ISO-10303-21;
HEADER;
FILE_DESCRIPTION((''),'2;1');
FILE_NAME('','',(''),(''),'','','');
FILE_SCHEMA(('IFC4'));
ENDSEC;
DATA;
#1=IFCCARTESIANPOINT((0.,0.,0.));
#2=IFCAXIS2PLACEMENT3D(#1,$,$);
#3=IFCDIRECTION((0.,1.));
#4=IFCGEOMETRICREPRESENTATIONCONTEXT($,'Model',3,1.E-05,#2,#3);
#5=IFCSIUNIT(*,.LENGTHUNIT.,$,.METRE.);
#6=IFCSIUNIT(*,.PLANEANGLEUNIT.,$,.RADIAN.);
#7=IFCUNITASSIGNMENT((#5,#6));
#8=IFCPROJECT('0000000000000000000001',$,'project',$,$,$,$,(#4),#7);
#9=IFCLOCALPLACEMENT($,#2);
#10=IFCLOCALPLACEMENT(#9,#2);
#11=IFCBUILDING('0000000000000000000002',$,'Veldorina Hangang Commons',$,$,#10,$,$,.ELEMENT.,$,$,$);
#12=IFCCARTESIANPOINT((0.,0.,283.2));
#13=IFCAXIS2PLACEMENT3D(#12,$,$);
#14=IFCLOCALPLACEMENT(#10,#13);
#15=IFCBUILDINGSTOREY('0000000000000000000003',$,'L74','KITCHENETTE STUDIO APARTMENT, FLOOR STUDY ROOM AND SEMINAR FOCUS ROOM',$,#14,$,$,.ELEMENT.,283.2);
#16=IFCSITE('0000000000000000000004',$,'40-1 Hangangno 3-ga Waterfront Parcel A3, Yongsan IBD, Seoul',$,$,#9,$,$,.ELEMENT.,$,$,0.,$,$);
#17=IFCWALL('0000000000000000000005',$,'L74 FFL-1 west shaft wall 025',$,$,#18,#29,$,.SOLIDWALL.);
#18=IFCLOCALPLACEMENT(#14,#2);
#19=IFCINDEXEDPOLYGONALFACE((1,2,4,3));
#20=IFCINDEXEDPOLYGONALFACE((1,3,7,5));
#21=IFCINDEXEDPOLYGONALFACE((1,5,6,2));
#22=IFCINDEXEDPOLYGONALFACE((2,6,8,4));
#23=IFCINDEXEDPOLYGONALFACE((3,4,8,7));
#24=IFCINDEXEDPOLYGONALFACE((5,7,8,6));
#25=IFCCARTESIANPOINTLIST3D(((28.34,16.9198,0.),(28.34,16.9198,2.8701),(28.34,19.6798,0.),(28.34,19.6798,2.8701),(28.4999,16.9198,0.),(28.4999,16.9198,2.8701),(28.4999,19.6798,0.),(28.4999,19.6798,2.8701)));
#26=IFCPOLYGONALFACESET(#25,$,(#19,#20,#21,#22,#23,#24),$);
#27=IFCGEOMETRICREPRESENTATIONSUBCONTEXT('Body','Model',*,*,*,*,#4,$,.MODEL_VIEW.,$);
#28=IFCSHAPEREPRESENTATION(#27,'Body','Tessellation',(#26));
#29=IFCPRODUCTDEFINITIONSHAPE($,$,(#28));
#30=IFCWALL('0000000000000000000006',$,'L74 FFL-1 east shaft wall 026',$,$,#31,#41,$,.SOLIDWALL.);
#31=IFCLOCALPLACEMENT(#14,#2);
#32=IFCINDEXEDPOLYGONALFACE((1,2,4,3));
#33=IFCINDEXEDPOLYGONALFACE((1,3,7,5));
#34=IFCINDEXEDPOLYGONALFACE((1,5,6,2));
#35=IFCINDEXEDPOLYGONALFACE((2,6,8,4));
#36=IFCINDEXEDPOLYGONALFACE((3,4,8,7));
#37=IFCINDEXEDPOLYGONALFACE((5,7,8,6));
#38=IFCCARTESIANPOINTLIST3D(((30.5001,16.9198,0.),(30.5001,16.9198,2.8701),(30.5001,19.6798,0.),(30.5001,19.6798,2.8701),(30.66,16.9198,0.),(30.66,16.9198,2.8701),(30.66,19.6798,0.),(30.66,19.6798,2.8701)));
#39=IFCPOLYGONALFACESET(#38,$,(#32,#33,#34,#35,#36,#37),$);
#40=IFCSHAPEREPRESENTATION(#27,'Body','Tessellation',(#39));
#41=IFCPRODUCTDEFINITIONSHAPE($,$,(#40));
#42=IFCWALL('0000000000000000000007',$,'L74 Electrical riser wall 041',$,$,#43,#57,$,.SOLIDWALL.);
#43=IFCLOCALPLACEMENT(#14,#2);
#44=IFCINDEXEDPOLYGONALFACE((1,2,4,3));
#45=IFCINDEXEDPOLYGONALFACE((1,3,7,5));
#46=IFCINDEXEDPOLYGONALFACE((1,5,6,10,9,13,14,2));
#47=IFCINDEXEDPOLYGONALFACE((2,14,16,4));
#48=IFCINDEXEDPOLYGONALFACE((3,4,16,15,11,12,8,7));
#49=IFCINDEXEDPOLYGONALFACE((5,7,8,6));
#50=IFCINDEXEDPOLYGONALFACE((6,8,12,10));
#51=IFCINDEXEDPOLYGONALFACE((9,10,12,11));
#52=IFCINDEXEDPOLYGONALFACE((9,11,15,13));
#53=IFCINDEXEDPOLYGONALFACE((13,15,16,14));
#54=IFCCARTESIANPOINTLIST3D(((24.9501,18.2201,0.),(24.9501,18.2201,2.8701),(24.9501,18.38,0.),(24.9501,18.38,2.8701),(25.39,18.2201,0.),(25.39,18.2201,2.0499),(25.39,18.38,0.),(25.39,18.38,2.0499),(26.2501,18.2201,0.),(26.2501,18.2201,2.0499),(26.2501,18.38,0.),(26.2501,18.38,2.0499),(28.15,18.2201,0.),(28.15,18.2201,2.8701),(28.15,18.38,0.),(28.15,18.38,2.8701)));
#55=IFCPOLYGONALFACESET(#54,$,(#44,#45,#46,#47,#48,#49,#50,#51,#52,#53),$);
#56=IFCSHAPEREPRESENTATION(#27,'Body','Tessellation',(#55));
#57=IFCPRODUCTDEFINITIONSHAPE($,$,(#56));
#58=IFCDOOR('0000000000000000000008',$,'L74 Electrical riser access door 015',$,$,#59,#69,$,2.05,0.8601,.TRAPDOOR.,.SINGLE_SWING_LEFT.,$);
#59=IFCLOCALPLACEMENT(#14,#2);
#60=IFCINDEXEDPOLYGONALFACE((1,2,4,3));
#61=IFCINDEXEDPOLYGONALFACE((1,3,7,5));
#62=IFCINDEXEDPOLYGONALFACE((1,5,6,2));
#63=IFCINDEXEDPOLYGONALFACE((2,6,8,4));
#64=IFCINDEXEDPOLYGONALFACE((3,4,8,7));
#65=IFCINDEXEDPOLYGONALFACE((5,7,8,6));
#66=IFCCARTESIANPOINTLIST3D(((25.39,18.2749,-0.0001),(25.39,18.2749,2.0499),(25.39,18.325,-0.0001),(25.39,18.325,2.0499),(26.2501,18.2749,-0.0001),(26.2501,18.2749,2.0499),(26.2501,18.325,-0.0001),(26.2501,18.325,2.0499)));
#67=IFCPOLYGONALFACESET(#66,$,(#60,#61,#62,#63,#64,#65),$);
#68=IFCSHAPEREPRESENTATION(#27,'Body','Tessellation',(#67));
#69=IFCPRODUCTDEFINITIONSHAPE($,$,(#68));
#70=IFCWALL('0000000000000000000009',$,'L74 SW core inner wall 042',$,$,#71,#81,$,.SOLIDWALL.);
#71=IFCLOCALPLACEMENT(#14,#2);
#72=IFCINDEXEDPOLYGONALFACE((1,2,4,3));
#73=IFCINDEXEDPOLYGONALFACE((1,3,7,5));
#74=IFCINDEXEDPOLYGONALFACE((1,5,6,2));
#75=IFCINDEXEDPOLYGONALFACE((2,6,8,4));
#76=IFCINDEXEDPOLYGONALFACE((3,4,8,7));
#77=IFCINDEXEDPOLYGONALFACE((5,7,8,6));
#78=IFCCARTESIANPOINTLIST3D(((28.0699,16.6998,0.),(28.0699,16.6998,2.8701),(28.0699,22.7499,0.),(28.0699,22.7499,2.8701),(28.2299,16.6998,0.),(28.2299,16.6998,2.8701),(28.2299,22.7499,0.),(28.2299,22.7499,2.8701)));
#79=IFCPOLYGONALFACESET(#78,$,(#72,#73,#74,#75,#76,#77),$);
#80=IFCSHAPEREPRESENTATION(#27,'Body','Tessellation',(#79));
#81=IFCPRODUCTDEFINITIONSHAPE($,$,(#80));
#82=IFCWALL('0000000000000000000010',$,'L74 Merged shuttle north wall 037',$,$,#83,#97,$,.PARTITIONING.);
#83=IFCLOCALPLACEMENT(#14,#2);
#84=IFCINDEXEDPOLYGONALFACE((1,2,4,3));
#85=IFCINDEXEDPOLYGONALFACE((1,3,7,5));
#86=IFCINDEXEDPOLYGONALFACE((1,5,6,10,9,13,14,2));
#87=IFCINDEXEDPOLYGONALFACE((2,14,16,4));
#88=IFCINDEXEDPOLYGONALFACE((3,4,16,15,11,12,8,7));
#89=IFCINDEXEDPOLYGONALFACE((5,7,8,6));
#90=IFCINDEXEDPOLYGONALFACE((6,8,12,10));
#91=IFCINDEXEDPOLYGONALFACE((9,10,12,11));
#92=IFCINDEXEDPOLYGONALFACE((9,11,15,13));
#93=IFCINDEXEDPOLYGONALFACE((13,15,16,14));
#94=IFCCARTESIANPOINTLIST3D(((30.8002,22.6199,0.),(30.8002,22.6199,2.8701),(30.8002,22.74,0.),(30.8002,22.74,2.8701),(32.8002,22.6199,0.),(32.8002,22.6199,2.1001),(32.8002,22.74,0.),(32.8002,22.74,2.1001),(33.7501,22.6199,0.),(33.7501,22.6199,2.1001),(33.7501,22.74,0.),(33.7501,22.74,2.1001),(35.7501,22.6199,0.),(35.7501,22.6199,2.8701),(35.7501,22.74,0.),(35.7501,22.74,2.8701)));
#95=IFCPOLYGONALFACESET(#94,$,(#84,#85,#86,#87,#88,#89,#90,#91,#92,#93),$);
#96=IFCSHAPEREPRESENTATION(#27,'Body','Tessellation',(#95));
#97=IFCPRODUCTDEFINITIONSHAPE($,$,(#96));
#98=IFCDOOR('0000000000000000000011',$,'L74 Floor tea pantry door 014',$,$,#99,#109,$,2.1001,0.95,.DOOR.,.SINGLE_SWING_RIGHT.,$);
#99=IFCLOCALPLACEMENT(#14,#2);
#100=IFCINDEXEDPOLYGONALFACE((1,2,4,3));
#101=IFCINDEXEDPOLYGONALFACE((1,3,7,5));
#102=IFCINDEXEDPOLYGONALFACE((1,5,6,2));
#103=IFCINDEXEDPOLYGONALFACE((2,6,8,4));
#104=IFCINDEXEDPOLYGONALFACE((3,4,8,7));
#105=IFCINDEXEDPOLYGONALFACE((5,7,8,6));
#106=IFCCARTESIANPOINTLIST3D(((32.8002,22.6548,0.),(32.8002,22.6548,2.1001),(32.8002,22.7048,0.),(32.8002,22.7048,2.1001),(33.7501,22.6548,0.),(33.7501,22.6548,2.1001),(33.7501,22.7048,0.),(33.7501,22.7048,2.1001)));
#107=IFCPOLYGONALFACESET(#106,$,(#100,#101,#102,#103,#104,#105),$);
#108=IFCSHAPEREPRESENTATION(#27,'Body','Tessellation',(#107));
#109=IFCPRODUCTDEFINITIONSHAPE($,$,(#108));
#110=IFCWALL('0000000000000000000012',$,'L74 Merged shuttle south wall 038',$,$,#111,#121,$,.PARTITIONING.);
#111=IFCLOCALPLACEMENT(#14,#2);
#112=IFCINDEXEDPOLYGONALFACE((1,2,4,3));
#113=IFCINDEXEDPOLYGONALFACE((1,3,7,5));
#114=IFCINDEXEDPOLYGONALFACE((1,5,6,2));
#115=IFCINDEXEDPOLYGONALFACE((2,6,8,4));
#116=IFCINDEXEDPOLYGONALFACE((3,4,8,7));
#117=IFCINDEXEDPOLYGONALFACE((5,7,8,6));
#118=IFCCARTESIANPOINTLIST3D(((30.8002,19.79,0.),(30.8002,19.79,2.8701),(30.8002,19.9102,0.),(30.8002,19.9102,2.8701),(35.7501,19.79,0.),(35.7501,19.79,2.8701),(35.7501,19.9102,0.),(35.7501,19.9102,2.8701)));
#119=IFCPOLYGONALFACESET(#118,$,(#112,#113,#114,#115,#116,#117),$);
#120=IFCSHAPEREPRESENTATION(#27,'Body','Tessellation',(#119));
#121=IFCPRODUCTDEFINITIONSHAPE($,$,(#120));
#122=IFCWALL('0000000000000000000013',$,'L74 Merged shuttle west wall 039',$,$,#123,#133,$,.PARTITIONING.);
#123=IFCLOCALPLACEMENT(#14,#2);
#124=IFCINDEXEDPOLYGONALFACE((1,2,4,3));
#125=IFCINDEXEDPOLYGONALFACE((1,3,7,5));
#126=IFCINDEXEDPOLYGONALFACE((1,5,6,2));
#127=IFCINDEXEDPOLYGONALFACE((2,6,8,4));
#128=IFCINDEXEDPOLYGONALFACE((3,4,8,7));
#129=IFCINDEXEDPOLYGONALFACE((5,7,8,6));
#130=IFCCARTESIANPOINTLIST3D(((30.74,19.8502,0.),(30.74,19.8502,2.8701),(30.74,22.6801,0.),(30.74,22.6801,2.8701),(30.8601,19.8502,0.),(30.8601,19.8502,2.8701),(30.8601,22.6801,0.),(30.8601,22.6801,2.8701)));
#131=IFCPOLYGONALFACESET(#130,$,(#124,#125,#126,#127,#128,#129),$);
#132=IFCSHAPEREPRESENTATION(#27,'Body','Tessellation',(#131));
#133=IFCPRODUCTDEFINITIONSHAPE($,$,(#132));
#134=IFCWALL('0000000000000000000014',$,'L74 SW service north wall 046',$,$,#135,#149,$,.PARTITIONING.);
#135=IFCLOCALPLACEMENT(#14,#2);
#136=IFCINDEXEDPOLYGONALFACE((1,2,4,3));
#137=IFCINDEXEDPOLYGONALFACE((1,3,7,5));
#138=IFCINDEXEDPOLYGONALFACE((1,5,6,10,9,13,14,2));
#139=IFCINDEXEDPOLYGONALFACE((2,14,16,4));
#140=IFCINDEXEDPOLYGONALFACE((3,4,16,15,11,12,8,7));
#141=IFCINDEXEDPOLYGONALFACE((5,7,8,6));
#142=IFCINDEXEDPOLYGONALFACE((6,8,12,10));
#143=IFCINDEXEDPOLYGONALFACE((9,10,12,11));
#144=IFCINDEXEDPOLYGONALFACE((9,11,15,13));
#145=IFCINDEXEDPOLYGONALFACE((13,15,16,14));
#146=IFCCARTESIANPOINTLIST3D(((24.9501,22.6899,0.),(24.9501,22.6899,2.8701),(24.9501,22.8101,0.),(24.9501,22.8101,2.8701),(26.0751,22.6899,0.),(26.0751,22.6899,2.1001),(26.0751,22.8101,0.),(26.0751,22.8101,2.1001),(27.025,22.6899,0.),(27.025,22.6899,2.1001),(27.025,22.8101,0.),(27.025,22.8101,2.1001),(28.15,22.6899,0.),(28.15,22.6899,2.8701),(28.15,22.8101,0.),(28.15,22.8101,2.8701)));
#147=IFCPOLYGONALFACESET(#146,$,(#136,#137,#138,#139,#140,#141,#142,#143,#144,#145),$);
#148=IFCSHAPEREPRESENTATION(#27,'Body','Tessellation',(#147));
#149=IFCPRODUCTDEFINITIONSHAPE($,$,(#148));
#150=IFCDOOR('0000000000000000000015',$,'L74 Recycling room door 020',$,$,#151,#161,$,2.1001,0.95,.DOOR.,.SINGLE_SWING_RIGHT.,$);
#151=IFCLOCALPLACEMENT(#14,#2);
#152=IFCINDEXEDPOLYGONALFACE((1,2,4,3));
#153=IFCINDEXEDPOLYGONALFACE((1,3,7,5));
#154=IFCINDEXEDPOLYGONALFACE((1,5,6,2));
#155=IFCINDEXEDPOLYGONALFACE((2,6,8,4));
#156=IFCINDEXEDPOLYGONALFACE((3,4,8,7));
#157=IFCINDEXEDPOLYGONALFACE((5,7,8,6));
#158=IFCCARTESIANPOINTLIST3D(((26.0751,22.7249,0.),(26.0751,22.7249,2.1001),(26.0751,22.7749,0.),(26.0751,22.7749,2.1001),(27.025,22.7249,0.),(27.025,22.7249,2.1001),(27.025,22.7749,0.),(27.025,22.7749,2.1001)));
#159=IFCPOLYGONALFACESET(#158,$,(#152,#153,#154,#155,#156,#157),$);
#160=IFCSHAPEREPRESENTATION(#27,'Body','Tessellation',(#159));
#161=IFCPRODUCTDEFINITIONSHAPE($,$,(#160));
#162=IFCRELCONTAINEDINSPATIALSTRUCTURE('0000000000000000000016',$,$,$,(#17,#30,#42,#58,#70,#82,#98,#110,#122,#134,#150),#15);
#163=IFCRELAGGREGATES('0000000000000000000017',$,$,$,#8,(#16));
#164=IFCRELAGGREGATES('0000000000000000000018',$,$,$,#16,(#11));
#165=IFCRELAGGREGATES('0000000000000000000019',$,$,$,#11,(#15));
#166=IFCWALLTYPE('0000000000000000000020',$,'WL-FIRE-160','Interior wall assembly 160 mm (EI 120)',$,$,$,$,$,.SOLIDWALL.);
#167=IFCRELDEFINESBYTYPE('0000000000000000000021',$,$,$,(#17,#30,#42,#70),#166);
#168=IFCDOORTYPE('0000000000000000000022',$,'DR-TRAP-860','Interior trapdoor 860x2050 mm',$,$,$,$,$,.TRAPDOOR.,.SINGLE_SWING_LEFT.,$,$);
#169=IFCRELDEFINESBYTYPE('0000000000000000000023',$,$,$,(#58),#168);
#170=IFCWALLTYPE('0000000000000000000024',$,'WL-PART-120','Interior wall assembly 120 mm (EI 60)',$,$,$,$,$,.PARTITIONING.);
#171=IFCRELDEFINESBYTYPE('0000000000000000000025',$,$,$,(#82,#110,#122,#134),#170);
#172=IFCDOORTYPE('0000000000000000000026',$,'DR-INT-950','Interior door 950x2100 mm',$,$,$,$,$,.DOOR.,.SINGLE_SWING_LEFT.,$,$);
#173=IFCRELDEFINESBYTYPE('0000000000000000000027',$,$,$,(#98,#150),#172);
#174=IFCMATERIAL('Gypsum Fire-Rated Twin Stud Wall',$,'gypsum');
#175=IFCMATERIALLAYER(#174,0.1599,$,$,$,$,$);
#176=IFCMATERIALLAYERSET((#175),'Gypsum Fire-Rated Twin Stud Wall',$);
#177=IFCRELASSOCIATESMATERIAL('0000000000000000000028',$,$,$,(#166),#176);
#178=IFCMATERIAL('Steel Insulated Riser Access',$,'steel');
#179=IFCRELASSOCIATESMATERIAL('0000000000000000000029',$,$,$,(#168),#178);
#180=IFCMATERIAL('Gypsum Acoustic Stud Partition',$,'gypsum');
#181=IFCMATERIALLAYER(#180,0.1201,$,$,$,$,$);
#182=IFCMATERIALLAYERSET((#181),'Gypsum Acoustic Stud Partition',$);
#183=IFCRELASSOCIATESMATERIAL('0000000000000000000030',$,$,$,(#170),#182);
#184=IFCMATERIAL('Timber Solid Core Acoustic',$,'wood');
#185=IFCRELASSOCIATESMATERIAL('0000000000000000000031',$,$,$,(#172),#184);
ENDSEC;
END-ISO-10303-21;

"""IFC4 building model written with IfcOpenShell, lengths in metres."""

from ifc_helpers import new_model, si_unit, direction, frame, frame_2d, origin, place, context, subcontext, project, spatial, rectangle, extrude, material, layer, layer_set, type_object, element, fill, save


model = new_model("IFC4")

# Units and contexts
model_context = context("Model", 3, precision=1e-05, world=origin(), true_north=direction((0.0, 1.0)))
body_context = subcontext(model_context, "Body", "Model", "MODEL_VIEW")
ifc_project = project(units=[si_unit("LENGTHUNIT", "METRE"), si_unit("PLANEANGLEUNIT", "RADIAN")], contexts=[model_context])

# Site, building, storey
site_placement = place(None, origin())
site = spatial("IfcSite", under=ifc_project, at=site_placement, Name="40-1 Hangangno 3-ga Waterfront Parcel A3, Yongsan IBD, Seoul", CompositionType="ELEMENT", RefElevation=0.0)
building_placement = place(site_placement, origin())
building = spatial("IfcBuilding", under=site, at=building_placement, Name="Veldorina Hangang Commons", CompositionType="ELEMENT")
storey_placement = place(building_placement, frame((0.0, 0.0, 283.2)))
storey = spatial("IfcBuildingStorey", under=building, at=storey_placement, Name="L74", Description="KITCHENETTE STUDIO APARTMENT, FLOOR STUDY ROOM AND SEMINAR FOCUS ROOM", CompositionType="ELEMENT", Elevation=283.2)

# Shared definitions
ifc_material_1 = material(Name="Gypsum Fire-Rated Twin Stud Wall", Category="gypsum")
ifc_layer_1 = layer(ifc_material_1, 0.1599)
ifc_layer_set_1 = layer_set([ifc_layer_1], Name="Gypsum Fire-Rated Twin Stud Wall")
wall_type_1 = type_object("IfcWallType", Name="WL-FIRE-160", Description="Interior wall assembly 160 mm (EI 120)", PredefinedType="SOLIDWALL", material=ifc_layer_set_1)

# Walls
for number, where, z_axis, x_axis, name in (
    (1, (28.4199, 16.9199, 0.0), (0.0, 0.0, 1.0), (0.0, 1.0, 0.0), "L74 FFL-1 west shaft wall 025"),
    (2, (30.5801, 16.9199, 0.0), (0.0, 0.0, 1.0), (0.0, 1.0, 0.0), "L74 FFL-1 east shaft wall 026"),
):
    element("IfcWall", number, at=place(storey_placement, frame(where, z_axis=z_axis, x_axis=x_axis)), inside=storey, type_object=wall_type_1, Name=name, PredefinedType="SOLIDWALL", context=body_context, shape_type="SweptSolid", body=[
        extrude(rectangle(XDim=2.76, YDim=0.1599, at=frame_2d((1.3799, 0.0))), origin(), (0.0, 0.0, 1.0), 2.8701),
    ])

# Wall, opening, door
wall_1_placement = place(storey_placement, frame((24.95, 18.3, 0.0), z_axis=(0.0, 0.0, 1.0), x_axis=(1.0, 0.0, 0.0)))
wall_1 = element("IfcWall", 3, at=wall_1_placement, inside=storey, type_object=wall_type_1, Name="L74 Electrical riser wall 041", PredefinedType="SOLIDWALL", context=body_context, shape_type="SweptSolid", body=[
    extrude(rectangle(XDim=3.2, YDim=0.1599, at=frame_2d((1.6001, 0.0))), origin(), (0.0, 0.0, 1.0), 2.8701),
])
opening_1_placement = place(wall_1_placement, frame((0.4399, 0.0, 0.0)))
opening_1 = element("IfcOpeningElement", 4, at=opening_1_placement, cuts=wall_1, PredefinedType="OPENING", context=body_context, shape_type="SweptSolid", body=[
    extrude(rectangle(XDim=0.8601, YDim=2.05, at=frame_2d((0.4302, 1.0249))), frame((0.0, 0.0898, 0.0), z_axis=(0.0, -1.0, 0.0), x_axis=(1.0, 0.0, 0.0)), (0.0, 0.0, 1.0), 0.1799),
])
ifc_material_2 = material(Name="Steel Insulated Riser Access", Category="steel")
door_type_1 = type_object("IfcDoorType", Name="DR-TRAP-860", Description="Interior trapdoor 860x2050 mm", OperationType="SINGLE_SWING_LEFT", PredefinedType="TRAPDOOR", material=ifc_material_2)
door_1_placement = place(opening_1_placement, origin())
door_1 = element("IfcDoor", 5, at=door_1_placement, inside=storey, type_object=door_type_1, Name="L74 Electrical riser access door 015", OperationType="SINGLE_SWING_LEFT", OverallHeight=2.05, OverallWidth=0.8601, PredefinedType="TRAPDOOR", context=body_context, shape_type="SweptSolid", body=[
    extrude(rectangle(XDim=0.8601, YDim=2.05, at=frame_2d((0.4302, 1.0249))), frame((0.0, 0.0249, 0.0), z_axis=(0.0, -1.0, 0.0), x_axis=(1.0, 0.0, 0.0)), (0.0, 0.0, 1.0), 0.05),
])
fill(opening_1, door_1)

# Wall
wall_2_placement = place(storey_placement, frame((28.1499, 16.7, 0.0), z_axis=(0.0, 0.0, 1.0), x_axis=(0.0, 1.0, 0.0)))
element("IfcWall", 6, at=wall_2_placement, inside=storey, type_object=wall_type_1, Name="L74 SW core inner wall 042", PredefinedType="SOLIDWALL", context=body_context, shape_type="SweptSolid", body=[
    extrude(rectangle(XDim=6.05, YDim=0.1599, at=frame_2d((3.0249, 0.0))), origin(), (0.0, 0.0, 1.0), 2.8701),
])

# Wall, opening, door
ifc_material_3 = material(Name="Gypsum Acoustic Stud Partition", Category="gypsum")
ifc_layer_2 = layer(ifc_material_3, 0.1201)
ifc_layer_set_2 = layer_set([ifc_layer_2], Name="Gypsum Acoustic Stud Partition")
wall_type_2 = type_object("IfcWallType", Name="WL-PART-120", Description="Interior wall assembly 120 mm (EI 60)", PredefinedType="PARTITIONING", material=ifc_layer_set_2)
wall_3_placement = place(storey_placement, frame((30.8, 22.6799, 0.0), z_axis=(0.0, 0.0, 1.0), x_axis=(1.0, 0.0, 0.0)))
wall_3 = element("IfcWall", 7, at=wall_3_placement, inside=storey, type_object=wall_type_2, Name="L74 Merged shuttle north wall 037", PredefinedType="PARTITIONING", context=body_context, shape_type="SweptSolid", body=[
    extrude(rectangle(XDim=4.95, YDim=0.1201, at=frame_2d((2.4751, 0.0))), origin(), (0.0, 0.0, 1.0), 2.8701),
])
opening_2_placement = place(wall_3_placement, frame((2.0, 0.0, 0.0)))
opening_2 = element("IfcOpeningElement", 8, at=opening_2_placement, cuts=wall_3, PredefinedType="OPENING", context=body_context, shape_type="SweptSolid", body=[
    extrude(rectangle(XDim=0.95, YDim=2.1001, at=frame_2d((0.4751, 1.05))), frame((0.0, 0.0701, 0.0), z_axis=(0.0, -1.0, 0.0), x_axis=(1.0, 0.0, 0.0)), (0.0, 0.0, 1.0), 0.1401),
])
ifc_material_4 = material(Name="Timber Solid Core Acoustic", Category="wood")
door_type_2 = type_object("IfcDoorType", Name="DR-INT-950", Description="Interior door 950x2100 mm", OperationType="SINGLE_SWING_LEFT", PredefinedType="DOOR", material=ifc_material_4)
door_2_placement = place(opening_2_placement, origin())
door_2 = element("IfcDoor", 9, at=door_2_placement, inside=storey, type_object=door_type_2, Name="L74 Floor tea pantry door 014", OperationType="SINGLE_SWING_RIGHT", OverallHeight=2.1001, OverallWidth=0.95, PredefinedType="DOOR", context=body_context, shape_type="SweptSolid", body=[
    extrude(rectangle(XDim=0.95, YDim=2.1001, at=frame_2d((0.4751, 1.05))), frame((0.0, 0.0249, 0.0), z_axis=(0.0, -1.0, 0.0), x_axis=(1.0, 0.0, 0.0)), (0.0, 0.0, 1.0), 0.05),
])
fill(opening_2, door_2)

# Walls
wall_4_placement = place(storey_placement, frame((30.8, 19.8501, 0.0), z_axis=(0.0, 0.0, 1.0), x_axis=(1.0, 0.0, 0.0)))
element("IfcWall", 10, at=wall_4_placement, inside=storey, type_object=wall_type_2, Name="L74 Merged shuttle south wall 038", PredefinedType="PARTITIONING", context=body_context, shape_type="SweptSolid", body=[
    extrude(rectangle(XDim=4.95, YDim=0.1201, at=frame_2d((2.4751, 0.0))), origin(), (0.0, 0.0, 1.0), 2.8701),
])
wall_5_placement = place(storey_placement, frame((30.8, 19.8501, 0.0), z_axis=(0.0, 0.0, 1.0), x_axis=(0.0, 1.0, 0.0)))
element("IfcWall", 11, at=wall_5_placement, inside=storey, type_object=wall_type_2, Name="L74 Merged shuttle west wall 039", PredefinedType="PARTITIONING", context=body_context, shape_type="SweptSolid", body=[
    extrude(rectangle(XDim=2.8298, YDim=0.1201, at=frame_2d((1.415, 0.0))), origin(), (0.0, 0.0, 1.0), 2.8701),
])

# Wall, opening, door
wall_6_placement = place(storey_placement, frame((24.95, 22.75, 0.0), z_axis=(0.0, 0.0, 1.0), x_axis=(1.0, 0.0, 0.0)))
wall_6 = element("IfcWall", 12, at=wall_6_placement, inside=storey, type_object=wall_type_2, Name="L74 SW service north wall 046", PredefinedType="PARTITIONING", context=body_context, shape_type="SweptSolid", body=[
    extrude(rectangle(XDim=3.2, YDim=0.1201, at=frame_2d((1.6001, 0.0))), origin(), (0.0, 0.0, 1.0), 2.8701),
])
opening_3_placement = place(wall_6_placement, frame((1.125, 0.0, 0.0)))
opening_3 = element("IfcOpeningElement", 13, at=opening_3_placement, cuts=wall_6, PredefinedType="OPENING", context=body_context, shape_type="SweptSolid", body=[
    extrude(rectangle(XDim=0.95, YDim=2.1001, at=frame_2d((0.4751, 1.05))), frame((0.0, 0.0701, 0.0), z_axis=(0.0, -1.0, 0.0), x_axis=(1.0, 0.0, 0.0)), (0.0, 0.0, 1.0), 0.1401),
])
door_3_placement = place(opening_3_placement, origin())
door_3 = element("IfcDoor", 14, at=door_3_placement, inside=storey, type_object=door_type_2, Name="L74 Recycling room door 020", OperationType="SINGLE_SWING_RIGHT", OverallHeight=2.1001, OverallWidth=0.95, PredefinedType="DOOR", context=body_context, shape_type="SweptSolid", body=[
    extrude(rectangle(XDim=0.95, YDim=2.1001, at=frame_2d((0.4751, 1.05))), frame((0.0, 0.0249, 0.0), z_axis=(0.0, -1.0, 0.0), x_axis=(1.0, 0.0, 0.0)), (0.0, 0.0, 1.0), 0.05),
])
fill(opening_3, door_3)

save(model, "model.ifc")
